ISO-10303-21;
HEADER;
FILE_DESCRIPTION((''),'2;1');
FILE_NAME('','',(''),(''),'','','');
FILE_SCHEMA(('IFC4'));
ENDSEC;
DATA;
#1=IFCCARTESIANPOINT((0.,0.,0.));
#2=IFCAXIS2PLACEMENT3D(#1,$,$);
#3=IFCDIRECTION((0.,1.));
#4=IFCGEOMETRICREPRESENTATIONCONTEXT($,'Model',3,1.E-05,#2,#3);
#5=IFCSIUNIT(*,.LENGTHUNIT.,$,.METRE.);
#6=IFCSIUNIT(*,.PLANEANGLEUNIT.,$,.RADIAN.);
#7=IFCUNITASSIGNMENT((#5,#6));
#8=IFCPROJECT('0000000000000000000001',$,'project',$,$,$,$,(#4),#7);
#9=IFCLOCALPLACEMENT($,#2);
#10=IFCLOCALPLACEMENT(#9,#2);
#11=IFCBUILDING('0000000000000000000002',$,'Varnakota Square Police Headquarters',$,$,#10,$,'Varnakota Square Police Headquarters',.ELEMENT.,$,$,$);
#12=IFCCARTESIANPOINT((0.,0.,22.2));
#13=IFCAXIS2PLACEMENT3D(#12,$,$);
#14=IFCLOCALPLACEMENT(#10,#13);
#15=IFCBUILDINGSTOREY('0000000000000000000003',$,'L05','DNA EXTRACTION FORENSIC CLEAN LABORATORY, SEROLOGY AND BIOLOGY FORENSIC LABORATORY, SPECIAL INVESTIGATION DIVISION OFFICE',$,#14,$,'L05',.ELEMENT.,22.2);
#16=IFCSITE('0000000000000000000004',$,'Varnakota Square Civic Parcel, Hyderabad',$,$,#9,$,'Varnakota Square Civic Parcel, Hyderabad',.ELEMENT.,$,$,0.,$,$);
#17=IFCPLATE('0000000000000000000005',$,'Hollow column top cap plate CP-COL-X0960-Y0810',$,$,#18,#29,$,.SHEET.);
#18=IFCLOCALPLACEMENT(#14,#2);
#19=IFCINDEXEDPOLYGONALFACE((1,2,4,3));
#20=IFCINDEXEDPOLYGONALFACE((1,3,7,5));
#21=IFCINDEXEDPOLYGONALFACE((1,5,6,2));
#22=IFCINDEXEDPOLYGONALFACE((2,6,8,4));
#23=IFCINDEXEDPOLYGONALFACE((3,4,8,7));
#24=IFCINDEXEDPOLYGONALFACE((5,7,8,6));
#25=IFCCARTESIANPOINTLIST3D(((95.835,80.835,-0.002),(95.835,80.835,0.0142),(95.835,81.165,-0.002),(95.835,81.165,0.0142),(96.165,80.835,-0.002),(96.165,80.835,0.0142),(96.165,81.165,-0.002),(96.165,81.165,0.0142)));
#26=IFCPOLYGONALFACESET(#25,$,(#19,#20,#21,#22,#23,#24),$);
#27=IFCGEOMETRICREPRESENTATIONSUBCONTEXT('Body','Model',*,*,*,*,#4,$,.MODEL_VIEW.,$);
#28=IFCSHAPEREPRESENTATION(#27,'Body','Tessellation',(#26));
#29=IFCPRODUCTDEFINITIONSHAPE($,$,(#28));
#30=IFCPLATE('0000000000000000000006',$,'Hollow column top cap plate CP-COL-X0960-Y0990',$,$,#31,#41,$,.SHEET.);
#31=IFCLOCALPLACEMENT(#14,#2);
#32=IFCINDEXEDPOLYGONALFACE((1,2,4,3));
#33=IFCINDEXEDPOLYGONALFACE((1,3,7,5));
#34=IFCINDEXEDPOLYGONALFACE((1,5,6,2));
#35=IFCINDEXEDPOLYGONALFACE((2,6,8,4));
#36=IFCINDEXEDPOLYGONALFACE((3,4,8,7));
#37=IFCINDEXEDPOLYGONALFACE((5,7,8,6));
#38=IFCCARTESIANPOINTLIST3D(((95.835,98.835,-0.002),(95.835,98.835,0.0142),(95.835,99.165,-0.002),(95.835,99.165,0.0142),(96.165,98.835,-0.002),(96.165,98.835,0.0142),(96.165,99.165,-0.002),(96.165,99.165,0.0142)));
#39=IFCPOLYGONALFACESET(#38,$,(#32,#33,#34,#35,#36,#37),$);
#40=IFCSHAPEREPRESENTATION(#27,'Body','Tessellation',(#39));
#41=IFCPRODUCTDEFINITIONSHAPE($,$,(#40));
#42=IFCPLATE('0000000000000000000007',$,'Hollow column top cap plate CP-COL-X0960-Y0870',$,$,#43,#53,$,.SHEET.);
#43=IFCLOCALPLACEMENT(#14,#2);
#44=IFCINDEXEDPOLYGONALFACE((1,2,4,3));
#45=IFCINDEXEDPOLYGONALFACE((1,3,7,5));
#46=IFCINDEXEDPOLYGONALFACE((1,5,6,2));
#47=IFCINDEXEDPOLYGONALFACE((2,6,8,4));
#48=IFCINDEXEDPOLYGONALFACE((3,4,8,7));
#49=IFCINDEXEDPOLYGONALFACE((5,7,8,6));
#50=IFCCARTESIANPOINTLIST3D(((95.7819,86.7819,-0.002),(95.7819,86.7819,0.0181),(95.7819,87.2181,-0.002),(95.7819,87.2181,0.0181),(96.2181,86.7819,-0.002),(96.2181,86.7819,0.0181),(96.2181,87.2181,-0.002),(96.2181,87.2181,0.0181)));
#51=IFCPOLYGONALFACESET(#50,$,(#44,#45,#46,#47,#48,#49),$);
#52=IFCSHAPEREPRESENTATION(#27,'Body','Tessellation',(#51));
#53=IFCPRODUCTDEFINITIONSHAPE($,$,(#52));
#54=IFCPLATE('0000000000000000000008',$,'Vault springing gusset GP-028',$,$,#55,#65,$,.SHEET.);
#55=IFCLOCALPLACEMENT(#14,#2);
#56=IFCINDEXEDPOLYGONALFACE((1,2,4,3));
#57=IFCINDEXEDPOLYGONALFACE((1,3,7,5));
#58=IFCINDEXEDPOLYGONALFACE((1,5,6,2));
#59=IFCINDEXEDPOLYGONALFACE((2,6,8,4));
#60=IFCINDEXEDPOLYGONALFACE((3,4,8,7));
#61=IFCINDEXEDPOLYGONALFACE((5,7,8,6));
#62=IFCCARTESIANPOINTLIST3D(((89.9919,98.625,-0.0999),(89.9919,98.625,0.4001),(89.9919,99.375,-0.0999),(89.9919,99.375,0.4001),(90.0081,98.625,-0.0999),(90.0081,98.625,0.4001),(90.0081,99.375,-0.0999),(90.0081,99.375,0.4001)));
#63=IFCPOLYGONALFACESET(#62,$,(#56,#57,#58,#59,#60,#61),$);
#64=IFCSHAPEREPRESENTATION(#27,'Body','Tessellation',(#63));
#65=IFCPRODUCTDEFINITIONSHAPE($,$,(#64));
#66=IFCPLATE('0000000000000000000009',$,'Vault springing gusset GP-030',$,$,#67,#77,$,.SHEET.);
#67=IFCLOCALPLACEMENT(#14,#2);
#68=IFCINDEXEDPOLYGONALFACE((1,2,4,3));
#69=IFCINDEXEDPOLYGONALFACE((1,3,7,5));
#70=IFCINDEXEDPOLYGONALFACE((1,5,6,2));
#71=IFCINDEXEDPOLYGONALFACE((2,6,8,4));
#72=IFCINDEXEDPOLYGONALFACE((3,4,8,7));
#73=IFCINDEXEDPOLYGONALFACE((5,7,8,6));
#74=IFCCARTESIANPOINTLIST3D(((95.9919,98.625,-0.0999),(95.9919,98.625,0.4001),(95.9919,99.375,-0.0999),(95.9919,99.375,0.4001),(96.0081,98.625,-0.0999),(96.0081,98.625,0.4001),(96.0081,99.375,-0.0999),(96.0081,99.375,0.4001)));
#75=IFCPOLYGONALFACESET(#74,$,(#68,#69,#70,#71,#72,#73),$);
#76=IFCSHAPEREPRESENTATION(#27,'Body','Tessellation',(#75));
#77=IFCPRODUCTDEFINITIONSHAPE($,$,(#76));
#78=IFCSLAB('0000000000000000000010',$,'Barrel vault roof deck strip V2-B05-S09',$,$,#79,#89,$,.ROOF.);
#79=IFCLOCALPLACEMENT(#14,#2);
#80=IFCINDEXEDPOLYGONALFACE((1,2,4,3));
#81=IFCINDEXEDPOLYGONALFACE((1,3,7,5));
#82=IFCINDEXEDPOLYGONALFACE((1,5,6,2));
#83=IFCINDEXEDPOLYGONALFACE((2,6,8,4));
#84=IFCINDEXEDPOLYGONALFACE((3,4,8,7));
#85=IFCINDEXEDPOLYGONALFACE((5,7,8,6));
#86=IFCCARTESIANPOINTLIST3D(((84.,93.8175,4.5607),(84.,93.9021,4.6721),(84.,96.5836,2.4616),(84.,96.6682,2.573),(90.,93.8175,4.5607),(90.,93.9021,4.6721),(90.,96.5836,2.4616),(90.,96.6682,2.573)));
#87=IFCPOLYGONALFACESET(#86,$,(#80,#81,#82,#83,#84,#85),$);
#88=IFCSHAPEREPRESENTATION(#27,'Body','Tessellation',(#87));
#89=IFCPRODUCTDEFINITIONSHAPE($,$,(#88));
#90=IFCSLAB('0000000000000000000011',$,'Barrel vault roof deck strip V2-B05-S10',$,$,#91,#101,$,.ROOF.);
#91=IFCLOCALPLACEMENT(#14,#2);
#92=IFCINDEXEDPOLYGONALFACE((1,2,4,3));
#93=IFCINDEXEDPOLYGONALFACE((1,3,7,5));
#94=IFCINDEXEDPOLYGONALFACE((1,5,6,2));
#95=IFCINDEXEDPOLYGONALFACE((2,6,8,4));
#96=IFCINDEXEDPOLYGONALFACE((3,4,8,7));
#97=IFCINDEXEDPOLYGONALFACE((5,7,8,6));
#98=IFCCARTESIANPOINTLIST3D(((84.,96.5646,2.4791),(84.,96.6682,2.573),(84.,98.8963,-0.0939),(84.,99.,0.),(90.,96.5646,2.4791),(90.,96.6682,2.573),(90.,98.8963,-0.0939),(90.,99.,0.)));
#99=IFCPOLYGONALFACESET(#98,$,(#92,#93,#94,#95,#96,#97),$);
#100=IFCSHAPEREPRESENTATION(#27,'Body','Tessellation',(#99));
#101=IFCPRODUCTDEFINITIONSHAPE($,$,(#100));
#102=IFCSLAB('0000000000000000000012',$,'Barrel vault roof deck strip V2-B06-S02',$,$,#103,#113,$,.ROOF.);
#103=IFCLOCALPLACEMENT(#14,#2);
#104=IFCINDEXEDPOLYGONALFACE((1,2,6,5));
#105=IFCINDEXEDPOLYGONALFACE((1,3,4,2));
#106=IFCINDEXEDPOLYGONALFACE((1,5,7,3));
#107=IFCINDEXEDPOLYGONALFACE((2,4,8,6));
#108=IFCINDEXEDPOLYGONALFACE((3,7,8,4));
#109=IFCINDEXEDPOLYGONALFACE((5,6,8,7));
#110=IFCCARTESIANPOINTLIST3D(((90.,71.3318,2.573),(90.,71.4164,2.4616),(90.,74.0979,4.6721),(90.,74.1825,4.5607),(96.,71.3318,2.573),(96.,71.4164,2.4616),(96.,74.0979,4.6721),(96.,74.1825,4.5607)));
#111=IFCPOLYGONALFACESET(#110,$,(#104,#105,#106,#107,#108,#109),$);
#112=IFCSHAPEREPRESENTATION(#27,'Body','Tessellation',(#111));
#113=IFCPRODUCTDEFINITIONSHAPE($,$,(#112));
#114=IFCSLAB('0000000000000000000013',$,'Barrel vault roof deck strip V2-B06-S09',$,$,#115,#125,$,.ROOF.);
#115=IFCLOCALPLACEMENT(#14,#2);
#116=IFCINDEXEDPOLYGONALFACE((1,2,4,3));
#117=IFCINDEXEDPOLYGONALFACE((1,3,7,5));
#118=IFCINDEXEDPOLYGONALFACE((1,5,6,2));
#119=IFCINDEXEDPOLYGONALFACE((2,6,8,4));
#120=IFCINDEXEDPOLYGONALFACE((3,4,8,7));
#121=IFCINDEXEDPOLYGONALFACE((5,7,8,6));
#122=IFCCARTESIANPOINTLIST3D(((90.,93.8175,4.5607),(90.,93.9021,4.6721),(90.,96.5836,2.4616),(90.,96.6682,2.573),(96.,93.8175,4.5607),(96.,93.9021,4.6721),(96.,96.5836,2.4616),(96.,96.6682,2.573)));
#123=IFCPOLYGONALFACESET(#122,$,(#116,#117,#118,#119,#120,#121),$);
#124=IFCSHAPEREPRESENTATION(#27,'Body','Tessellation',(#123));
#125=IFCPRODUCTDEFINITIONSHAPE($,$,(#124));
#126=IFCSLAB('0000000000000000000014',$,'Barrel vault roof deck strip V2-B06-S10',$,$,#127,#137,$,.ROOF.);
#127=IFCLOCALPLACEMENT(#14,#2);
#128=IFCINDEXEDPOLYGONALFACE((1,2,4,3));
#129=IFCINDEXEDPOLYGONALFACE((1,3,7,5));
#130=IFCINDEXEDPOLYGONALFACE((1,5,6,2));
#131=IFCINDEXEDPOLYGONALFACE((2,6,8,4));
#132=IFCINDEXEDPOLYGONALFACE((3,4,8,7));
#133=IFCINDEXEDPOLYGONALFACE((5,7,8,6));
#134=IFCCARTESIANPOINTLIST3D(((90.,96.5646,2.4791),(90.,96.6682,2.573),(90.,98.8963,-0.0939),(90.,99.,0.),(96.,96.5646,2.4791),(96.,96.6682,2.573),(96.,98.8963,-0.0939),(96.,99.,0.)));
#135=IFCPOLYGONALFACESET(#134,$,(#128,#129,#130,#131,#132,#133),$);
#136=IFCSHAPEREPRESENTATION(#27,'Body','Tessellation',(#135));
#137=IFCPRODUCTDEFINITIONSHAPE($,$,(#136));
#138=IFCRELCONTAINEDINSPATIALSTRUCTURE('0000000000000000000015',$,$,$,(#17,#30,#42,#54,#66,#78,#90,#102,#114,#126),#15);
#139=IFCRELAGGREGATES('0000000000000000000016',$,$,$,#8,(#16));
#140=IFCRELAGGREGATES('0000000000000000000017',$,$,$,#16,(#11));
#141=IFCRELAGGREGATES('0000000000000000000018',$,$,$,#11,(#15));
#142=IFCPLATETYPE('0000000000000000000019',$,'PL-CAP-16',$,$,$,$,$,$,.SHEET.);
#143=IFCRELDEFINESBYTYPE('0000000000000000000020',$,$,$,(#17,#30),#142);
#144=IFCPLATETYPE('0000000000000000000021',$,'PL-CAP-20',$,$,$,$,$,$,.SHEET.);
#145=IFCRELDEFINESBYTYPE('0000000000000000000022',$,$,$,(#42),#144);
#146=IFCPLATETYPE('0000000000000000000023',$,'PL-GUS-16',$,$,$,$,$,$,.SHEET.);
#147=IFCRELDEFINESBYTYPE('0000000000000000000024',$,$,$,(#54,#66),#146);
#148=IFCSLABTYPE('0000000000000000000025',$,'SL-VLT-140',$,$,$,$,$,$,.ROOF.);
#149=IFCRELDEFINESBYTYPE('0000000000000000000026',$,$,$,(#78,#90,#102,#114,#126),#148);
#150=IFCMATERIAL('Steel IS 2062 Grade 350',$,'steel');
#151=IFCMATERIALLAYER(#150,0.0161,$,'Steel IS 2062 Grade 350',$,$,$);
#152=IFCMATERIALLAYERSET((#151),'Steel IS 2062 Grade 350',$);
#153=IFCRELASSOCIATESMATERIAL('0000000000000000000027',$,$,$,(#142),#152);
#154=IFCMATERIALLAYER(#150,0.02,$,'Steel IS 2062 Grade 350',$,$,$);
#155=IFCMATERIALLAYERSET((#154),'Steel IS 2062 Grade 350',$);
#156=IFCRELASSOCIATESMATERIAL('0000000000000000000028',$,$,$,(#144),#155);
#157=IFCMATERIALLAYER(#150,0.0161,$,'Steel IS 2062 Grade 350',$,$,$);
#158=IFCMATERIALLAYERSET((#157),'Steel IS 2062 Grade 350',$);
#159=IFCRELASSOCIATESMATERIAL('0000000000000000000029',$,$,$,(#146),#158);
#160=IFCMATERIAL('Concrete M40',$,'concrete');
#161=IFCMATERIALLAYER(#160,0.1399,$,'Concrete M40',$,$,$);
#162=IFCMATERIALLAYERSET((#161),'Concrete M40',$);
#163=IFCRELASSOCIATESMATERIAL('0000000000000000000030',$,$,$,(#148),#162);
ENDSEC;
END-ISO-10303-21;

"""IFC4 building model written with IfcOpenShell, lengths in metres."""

from ifc_helpers import new_model, si_unit, direction, frame, origin, origin_2d, place, context, subcontext, project, spatial, polyline, rectangle, outline, extrude, material, layer, layer_set, type_object, element, save


model = new_model("IFC4")

# Units and contexts
model_context = context("Model", 3, precision=1e-05, world=origin(), true_north=direction((0.0, 1.0)))
body_context = subcontext(model_context, "Body", "Model", "MODEL_VIEW")
ifc_project = project(units=[si_unit("LENGTHUNIT", "METRE"), si_unit("PLANEANGLEUNIT", "RADIAN")], contexts=[model_context])

# Site, building, storey
site_placement = place(None, origin())
site = spatial("IfcSite", under=ifc_project, at=site_placement, Name="Varnakota Square Civic Parcel, Hyderabad", LongName="Varnakota Square Civic Parcel, Hyderabad", CompositionType="ELEMENT", RefElevation=0.0)
building_placement = place(site_placement, origin())
building = spatial("IfcBuilding", under=site, at=building_placement, Name="Varnakota Square Police Headquarters", LongName="Varnakota Square Police Headquarters", CompositionType="ELEMENT")
storey_placement = place(building_placement, frame((0.0, 0.0, 22.2)))
storey = spatial("IfcBuildingStorey", under=building, at=storey_placement, Name="L05", Description="DNA EXTRACTION FORENSIC CLEAN LABORATORY, SEROLOGY AND BIOLOGY FORENSIC LABORATORY, SPECIAL INVESTIGATION DIVISION OFFICE", LongName="L05", CompositionType="ELEMENT", Elevation=22.2)

# Shared definitions
ifc_material_1 = material(Name="Steel IS 2062 Grade 350", Category="steel")

# Plates
ifc_layer_1 = layer(ifc_material_1, 0.0161, Name="Steel IS 2062 Grade 350")
ifc_layer_set_1 = layer_set([ifc_layer_1], Name="Steel IS 2062 Grade 350")
plate_type_1 = type_object("IfcPlateType", Name="PL-CAP-16", PredefinedType="SHEET", material=ifc_layer_set_1)
for number, where, z_axis, x_axis, name in (
    (1, (96.0, 81.0, -0.002), (0.0, 0.0, 1.0), (1.0, 0.0, 0.0), "Hollow column top cap plate CP-COL-X0960-Y0810"),
    (2, (96.0, 99.0, -0.002), (0.0, 0.0, 1.0), (1.0, 0.0, 0.0), "Hollow column top cap plate CP-COL-X0960-Y0990"),
):
    element("IfcPlate", number, at=place(storey_placement, frame(where, z_axis=z_axis, x_axis=x_axis)), inside=storey, type_object=plate_type_1, Name=name, PredefinedType="SHEET", context=body_context, shape_type="SweptSolid", body=[
        extrude(rectangle(XDim=0.3301, YDim=0.3301, at=origin_2d()), origin(), (0.0, 0.0, 1.0), 0.0161),
    ])
ifc_layer_2 = layer(ifc_material_1, 0.02, Name="Steel IS 2062 Grade 350")
ifc_layer_set_2 = layer_set([ifc_layer_2], Name="Steel IS 2062 Grade 350")
plate_type_2 = type_object("IfcPlateType", Name="PL-CAP-20", PredefinedType="SHEET", material=ifc_layer_set_2)
plate_placement = place(storey_placement, frame((96.0, 87.0, -0.002), z_axis=(0.0, 0.0, 1.0), x_axis=(1.0, 0.0, 0.0)))
element("IfcPlate", 3, at=plate_placement, inside=storey, type_object=plate_type_2, Name="Hollow column top cap plate CP-COL-X0960-Y0870", PredefinedType="SHEET", context=body_context, shape_type="SweptSolid", body=[
    extrude(rectangle(XDim=0.4363, YDim=0.4363, at=origin_2d()), origin(), (0.0, 0.0, 1.0), 0.02),
])
ifc_layer_3 = layer(ifc_material_1, 0.0161, Name="Steel IS 2062 Grade 350")
ifc_layer_set_3 = layer_set([ifc_layer_3], Name="Steel IS 2062 Grade 350")
plate_type_3 = type_object("IfcPlateType", Name="PL-GUS-16", PredefinedType="SHEET", material=ifc_layer_set_3)
for number, where, z_axis, x_axis, name in (
    (4, (90.0, 99.0, -0.0999), (0.0, 0.0, 1.0), (1.0, 0.0, 0.0), "Vault springing gusset GP-028"),
    (5, (96.0, 99.0, -0.0999), (0.0, 0.0, 1.0), (1.0, 0.0, 0.0), "Vault springing gusset GP-030"),
):
    element("IfcPlate", number, at=place(storey_placement, frame(where, z_axis=z_axis, x_axis=x_axis)), inside=storey, type_object=plate_type_3, Name=name, PredefinedType="SHEET", context=body_context, shape_type="SweptSolid", body=[
        extrude(rectangle(XDim=0.0161, YDim=0.75, at=origin_2d()), origin(), (0.0, 0.0, 1.0), 0.5),
    ])

# Slabs
ifc_material_2 = material(Name="Concrete M40", Category="concrete")
ifc_layer_4 = layer(ifc_material_2, 0.1399, Name="Concrete M40")
ifc_layer_set_4 = layer_set([ifc_layer_4], Name="Concrete M40")
slab_type = type_object("IfcSlabType", Name="SL-VLT-140", PredefinedType="ROOF", material=ifc_layer_set_4)
slab_1_placement = place(storey_placement, frame((84.0, 93.9021, 4.6721), z_axis=(0.0, 0.604513, 0.796596), x_axis=(1.0, 0.0, 0.0)))
element("IfcSlab", 6, at=slab_1_placement, inside=storey, type_object=slab_type, Name="Barrel vault roof deck strip V2-B05-S09", PredefinedType="ROOF", context=body_context, shape_type="SweptSolid", body=[
    extrude(outline(polyline([(0.0, 0.0), (6.0, 0.0), (6.0, 3.4724), (0.0, 3.4724), (0.0, 0.0)])), origin(), (0.0, 0.0, -1.0), 0.1399),
])
slab_2_placement = place(storey_placement, frame((84.0, 96.6682, 2.573), z_axis=(0.0, 0.740986, 0.671521), x_axis=(1.0, 0.0, 0.0)))
element("IfcSlab", 7, at=slab_2_placement, inside=storey, type_object=slab_type, Name="Barrel vault roof deck strip V2-B05-S10", PredefinedType="ROOF", context=body_context, shape_type="SweptSolid", body=[
    extrude(outline(polyline([(0.0, 0.0), (6.0, 0.0), (6.0, 3.4724), (0.0, 3.4724), (0.0, 0.0)])), origin(), (0.0, 0.0, -1.0), 0.1399),
])
for number, where, z_axis, x_axis, name in (
    (8, (90.0, 71.3318, 2.573), (0.0, -0.604513, 0.796596), (1.0, 0.0, 0.0), "Barrel vault roof deck strip V2-B06-S02"),
    (9, (90.0, 93.9021, 4.6721), (0.0, 0.604513, 0.796596), (1.0, 0.0, 0.0), "Barrel vault roof deck strip V2-B06-S09"),
):
    element("IfcSlab", number, at=place(storey_placement, frame(where, z_axis=z_axis, x_axis=x_axis)), inside=storey, type_object=slab_type, Name=name, PredefinedType="ROOF", context=body_context, shape_type="SweptSolid", body=[
        extrude(outline(polyline([(0.0, 0.0), (6.0, 0.0), (6.0, 3.4724), (0.0, 3.4724), (0.0, 0.0)])), origin(), (0.0, 0.0, -1.0), 0.1399),
    ])
slab_3_placement = place(storey_placement, frame((90.0, 96.6682, 2.573), z_axis=(0.0, 0.740986, 0.671521), x_axis=(1.0, 0.0, 0.0)))
element("IfcSlab", 10, at=slab_3_placement, inside=storey, type_object=slab_type, Name="Barrel vault roof deck strip V2-B06-S10", PredefinedType="ROOF", context=body_context, shape_type="SweptSolid", body=[
    extrude(outline(polyline([(0.0, 0.0), (6.0, 0.0), (6.0, 3.4724), (0.0, 3.4724), (0.0, 0.0)])), origin(), (0.0, 0.0, -1.0), 0.1399),
])

save(model, "model.ifc")
